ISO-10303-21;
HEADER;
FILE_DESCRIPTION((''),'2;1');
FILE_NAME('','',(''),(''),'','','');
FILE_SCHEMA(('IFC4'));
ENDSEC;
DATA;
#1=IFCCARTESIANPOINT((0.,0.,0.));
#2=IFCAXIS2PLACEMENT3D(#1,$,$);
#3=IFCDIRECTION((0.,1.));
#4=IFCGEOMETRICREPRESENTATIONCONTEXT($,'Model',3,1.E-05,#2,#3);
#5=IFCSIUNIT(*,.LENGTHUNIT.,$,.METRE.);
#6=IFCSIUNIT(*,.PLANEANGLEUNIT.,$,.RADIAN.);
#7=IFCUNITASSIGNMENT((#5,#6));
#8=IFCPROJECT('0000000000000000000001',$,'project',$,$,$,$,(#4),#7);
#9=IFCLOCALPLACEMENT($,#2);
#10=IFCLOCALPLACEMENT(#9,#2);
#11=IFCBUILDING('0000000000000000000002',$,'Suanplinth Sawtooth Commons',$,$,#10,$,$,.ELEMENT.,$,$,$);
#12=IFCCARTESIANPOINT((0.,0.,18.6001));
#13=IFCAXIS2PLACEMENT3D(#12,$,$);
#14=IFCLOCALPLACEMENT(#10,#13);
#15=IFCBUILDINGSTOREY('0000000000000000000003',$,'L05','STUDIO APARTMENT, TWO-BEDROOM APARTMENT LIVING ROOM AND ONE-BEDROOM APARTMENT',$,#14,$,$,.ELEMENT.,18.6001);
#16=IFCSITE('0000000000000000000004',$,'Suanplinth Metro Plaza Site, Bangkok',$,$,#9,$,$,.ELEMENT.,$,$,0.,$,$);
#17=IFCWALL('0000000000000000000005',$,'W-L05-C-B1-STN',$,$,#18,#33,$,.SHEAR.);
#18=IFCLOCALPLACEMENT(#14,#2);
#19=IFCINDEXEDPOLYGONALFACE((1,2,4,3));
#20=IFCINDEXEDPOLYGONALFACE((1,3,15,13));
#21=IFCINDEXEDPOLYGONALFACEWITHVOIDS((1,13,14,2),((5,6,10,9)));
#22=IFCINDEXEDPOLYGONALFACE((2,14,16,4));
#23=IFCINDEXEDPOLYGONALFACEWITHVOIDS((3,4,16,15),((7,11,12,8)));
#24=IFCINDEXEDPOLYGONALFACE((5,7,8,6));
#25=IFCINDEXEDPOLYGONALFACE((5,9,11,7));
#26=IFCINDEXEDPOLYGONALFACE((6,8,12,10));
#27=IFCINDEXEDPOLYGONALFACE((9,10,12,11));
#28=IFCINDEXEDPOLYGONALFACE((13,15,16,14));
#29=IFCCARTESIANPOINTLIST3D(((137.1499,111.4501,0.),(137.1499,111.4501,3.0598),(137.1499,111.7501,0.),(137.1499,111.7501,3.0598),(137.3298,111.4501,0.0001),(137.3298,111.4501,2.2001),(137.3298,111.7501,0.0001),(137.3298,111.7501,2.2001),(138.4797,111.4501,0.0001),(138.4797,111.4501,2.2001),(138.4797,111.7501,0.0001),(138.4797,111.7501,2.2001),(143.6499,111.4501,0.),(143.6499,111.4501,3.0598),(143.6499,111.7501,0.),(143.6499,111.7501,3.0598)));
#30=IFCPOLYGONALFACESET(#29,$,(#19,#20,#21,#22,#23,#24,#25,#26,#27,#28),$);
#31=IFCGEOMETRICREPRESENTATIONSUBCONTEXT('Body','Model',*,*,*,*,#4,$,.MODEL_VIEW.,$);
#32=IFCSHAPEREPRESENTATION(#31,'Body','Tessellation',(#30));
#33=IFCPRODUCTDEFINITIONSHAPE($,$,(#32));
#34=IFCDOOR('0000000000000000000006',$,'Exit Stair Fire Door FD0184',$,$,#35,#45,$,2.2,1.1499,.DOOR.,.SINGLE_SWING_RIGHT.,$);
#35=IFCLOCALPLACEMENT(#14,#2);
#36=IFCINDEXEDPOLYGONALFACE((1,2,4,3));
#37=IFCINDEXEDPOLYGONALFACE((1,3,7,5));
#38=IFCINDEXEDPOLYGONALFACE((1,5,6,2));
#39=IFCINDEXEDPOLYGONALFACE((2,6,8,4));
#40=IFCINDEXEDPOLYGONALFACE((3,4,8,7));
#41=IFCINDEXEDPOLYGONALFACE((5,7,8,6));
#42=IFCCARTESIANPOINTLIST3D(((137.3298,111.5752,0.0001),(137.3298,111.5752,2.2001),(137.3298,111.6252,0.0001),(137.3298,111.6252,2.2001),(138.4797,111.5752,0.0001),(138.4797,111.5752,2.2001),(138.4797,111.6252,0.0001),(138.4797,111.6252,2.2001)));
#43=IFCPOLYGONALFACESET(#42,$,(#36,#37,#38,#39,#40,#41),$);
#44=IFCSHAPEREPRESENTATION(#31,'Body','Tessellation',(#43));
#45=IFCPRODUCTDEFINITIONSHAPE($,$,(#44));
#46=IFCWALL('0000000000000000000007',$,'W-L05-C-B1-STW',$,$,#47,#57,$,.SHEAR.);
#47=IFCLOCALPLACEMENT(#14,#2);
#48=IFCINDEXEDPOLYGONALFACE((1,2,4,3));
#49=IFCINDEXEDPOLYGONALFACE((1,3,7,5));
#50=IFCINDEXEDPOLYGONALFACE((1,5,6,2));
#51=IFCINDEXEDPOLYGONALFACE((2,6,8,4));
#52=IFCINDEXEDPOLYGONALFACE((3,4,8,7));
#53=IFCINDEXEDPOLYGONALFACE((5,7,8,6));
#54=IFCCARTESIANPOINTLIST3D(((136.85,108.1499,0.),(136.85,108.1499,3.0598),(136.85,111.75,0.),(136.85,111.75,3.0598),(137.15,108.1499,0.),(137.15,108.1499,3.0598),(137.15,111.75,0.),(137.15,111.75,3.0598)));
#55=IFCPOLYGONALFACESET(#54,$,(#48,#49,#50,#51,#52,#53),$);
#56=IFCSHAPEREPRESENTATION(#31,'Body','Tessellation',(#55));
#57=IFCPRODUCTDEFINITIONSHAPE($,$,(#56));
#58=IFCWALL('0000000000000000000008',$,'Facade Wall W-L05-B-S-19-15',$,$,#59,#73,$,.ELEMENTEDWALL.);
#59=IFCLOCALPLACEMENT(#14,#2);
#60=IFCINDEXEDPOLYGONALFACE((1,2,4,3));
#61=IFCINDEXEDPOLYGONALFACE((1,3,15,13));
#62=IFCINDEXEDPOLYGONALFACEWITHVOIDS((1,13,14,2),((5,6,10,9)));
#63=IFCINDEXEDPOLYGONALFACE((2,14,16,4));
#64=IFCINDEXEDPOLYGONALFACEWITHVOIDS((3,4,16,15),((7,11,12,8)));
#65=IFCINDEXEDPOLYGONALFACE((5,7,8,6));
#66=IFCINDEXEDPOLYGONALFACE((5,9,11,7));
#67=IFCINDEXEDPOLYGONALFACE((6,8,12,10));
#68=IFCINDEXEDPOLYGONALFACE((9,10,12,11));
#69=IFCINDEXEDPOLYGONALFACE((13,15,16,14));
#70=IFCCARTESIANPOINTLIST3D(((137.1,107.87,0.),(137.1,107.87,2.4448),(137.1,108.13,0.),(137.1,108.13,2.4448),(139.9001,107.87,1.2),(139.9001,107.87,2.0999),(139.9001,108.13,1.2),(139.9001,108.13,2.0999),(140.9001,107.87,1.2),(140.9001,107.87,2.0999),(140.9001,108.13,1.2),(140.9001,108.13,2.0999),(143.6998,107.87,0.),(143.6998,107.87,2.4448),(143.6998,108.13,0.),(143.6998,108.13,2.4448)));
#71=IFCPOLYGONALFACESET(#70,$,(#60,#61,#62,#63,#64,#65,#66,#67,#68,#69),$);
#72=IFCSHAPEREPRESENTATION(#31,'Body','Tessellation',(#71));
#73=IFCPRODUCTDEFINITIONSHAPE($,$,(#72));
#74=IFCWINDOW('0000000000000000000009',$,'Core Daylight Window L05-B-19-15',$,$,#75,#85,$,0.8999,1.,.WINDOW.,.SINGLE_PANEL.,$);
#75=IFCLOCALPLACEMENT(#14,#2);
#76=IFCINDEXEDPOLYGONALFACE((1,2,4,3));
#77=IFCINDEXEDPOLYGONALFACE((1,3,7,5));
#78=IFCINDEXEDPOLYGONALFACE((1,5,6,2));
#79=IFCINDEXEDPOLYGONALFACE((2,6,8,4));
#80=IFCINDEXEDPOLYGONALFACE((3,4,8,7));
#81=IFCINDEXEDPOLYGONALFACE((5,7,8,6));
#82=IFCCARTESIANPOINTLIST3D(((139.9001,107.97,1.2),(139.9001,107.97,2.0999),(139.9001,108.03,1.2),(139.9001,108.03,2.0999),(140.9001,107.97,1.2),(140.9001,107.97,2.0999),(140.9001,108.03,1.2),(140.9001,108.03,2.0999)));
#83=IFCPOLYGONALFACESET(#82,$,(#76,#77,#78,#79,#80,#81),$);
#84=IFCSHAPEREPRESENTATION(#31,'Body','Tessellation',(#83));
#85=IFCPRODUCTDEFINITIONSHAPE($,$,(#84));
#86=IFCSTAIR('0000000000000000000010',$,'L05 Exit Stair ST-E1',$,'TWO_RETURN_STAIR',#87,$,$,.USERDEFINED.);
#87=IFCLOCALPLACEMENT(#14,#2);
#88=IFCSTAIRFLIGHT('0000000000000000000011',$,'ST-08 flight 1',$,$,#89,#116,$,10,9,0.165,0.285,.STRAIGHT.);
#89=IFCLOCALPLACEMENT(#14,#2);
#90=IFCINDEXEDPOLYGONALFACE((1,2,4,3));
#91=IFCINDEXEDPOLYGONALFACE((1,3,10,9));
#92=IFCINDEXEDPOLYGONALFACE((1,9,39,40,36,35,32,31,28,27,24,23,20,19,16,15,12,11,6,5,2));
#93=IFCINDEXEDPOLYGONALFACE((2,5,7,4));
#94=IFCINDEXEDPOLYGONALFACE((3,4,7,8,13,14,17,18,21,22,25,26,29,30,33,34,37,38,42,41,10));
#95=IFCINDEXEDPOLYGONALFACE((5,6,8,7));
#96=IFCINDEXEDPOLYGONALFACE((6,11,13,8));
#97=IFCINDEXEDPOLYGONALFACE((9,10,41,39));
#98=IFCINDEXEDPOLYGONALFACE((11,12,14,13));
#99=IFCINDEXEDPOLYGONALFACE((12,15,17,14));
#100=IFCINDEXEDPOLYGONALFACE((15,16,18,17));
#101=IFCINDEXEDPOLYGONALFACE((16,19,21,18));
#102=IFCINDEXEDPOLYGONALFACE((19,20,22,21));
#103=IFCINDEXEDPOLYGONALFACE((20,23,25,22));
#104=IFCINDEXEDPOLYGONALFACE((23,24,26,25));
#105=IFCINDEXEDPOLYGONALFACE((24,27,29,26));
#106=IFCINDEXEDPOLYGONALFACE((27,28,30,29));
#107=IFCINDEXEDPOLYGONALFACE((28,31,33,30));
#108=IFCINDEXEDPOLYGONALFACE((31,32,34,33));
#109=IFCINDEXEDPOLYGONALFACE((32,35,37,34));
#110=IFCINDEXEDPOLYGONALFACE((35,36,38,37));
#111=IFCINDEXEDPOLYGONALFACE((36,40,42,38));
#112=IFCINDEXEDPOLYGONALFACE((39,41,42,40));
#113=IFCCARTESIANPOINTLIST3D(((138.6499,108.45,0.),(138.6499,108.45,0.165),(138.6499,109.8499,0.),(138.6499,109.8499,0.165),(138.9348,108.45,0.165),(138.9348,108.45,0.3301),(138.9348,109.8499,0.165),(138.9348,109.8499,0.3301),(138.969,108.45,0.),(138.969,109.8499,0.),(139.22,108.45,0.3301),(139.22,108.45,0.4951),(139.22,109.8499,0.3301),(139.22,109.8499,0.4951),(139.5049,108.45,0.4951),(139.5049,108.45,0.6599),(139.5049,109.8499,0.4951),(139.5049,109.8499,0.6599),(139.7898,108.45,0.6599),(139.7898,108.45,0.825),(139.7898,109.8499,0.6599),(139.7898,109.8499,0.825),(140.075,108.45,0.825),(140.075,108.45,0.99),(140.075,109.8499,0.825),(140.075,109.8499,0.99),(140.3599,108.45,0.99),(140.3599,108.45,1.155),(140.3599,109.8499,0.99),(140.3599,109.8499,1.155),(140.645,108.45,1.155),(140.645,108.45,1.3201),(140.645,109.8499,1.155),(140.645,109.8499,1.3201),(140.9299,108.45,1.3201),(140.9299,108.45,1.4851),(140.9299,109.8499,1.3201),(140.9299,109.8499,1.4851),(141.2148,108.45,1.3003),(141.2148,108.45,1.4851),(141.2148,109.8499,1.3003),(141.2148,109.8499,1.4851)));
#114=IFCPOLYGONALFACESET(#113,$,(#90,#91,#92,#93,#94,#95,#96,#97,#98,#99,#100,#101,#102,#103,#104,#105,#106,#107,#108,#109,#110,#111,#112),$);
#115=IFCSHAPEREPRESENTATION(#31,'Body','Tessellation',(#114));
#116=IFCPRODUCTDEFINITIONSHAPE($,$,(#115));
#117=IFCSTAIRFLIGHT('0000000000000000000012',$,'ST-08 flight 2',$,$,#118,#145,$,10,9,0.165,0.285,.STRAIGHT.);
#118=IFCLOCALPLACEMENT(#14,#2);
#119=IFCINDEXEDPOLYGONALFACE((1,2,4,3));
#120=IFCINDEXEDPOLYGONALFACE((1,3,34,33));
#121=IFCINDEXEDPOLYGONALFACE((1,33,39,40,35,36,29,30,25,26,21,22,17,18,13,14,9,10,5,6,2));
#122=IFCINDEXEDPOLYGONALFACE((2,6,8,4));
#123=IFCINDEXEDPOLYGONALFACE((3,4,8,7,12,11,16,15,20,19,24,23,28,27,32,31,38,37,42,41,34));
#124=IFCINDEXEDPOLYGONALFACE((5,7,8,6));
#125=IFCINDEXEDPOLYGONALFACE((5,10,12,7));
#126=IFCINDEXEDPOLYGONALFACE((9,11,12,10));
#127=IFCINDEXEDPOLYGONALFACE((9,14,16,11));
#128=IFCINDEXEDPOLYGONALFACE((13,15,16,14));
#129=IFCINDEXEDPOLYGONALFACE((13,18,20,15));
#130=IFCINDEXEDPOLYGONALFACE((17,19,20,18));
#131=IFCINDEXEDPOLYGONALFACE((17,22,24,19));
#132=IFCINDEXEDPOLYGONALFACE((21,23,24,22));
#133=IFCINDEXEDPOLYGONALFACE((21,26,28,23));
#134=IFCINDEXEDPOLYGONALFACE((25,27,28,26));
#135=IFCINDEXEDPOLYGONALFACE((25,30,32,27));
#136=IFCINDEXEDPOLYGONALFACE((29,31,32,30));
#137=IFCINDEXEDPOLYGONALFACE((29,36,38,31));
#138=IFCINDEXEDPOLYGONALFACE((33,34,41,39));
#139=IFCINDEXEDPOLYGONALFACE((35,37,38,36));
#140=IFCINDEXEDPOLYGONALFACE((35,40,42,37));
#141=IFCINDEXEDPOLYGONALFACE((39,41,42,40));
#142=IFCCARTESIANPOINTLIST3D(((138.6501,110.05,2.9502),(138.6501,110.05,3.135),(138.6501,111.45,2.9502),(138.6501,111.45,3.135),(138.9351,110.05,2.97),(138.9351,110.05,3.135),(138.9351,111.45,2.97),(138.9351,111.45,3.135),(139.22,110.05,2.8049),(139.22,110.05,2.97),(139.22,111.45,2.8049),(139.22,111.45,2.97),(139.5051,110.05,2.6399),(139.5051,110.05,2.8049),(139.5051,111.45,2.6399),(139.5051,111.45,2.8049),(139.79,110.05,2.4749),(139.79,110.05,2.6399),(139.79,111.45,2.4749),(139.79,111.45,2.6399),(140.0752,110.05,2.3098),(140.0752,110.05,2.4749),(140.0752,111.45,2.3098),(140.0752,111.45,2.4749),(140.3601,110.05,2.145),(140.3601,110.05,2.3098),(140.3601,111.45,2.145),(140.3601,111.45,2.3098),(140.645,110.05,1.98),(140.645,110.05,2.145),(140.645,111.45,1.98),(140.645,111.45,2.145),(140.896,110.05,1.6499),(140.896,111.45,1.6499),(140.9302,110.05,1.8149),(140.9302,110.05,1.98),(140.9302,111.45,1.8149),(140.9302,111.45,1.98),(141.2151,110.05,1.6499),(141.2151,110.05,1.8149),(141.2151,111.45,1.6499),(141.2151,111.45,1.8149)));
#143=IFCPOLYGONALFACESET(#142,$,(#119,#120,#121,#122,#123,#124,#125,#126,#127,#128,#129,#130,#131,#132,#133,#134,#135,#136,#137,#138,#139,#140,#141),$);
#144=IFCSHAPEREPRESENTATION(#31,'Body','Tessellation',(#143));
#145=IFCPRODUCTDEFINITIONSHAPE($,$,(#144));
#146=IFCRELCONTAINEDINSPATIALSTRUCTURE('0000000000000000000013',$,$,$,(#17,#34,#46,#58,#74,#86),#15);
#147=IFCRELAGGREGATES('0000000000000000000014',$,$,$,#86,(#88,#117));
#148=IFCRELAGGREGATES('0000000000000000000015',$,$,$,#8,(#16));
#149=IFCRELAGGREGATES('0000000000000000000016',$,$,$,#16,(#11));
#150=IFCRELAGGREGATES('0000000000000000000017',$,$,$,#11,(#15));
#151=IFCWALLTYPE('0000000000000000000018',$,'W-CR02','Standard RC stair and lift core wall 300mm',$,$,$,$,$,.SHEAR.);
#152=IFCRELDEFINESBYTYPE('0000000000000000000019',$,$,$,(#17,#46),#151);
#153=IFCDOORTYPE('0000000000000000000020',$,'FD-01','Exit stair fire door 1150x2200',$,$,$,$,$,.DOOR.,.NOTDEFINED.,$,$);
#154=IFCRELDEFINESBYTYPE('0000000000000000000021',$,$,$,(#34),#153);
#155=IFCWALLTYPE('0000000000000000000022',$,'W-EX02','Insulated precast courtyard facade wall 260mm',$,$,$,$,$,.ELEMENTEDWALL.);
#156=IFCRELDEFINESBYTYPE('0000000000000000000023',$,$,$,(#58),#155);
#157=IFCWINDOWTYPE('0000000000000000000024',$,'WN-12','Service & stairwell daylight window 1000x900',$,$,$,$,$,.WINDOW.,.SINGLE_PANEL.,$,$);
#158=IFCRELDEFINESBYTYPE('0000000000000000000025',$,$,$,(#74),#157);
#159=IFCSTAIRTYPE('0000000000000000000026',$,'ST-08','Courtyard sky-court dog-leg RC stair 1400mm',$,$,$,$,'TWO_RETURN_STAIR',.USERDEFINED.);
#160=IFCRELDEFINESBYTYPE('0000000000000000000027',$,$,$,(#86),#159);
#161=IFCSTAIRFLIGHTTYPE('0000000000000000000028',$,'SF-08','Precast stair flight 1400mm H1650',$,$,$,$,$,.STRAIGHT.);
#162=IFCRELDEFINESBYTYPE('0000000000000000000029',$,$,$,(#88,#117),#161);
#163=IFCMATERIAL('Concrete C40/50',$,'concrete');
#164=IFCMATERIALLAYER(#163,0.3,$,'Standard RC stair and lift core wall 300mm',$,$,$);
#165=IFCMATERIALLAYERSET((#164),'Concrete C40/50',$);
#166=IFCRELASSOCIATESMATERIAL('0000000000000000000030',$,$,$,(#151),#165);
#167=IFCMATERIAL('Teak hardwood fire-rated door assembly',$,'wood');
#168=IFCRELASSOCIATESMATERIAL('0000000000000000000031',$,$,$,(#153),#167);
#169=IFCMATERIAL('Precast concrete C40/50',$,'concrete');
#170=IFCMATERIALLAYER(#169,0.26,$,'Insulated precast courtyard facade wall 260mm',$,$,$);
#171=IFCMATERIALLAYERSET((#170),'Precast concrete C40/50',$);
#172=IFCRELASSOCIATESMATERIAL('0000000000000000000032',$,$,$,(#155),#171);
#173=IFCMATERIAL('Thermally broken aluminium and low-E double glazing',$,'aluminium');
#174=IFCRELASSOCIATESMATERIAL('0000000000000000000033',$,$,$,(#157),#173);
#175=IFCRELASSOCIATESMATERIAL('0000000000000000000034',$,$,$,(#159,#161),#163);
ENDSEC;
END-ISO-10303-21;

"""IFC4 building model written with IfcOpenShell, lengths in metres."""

from ifc_helpers import new_model, si_unit, direction, frame, frame_2d, origin, place, context, subcontext, project, spatial, polyline, rectangle, outline, extrude, material, layer, layer_set, type_object, element, fill, aggregate, save


model = new_model("IFC4")

# Units and contexts
model_context = context("Model", 3, precision=1e-05, world=origin(), true_north=direction((0.0, 1.0)))
body_context = subcontext(model_context, "Body", "Model", "MODEL_VIEW")
ifc_project = project(units=[si_unit("LENGTHUNIT", "METRE"), si_unit("PLANEANGLEUNIT", "RADIAN")], contexts=[model_context])

# Site, building, storey
site_placement = place(None, origin())
site = spatial("IfcSite", under=ifc_project, at=site_placement, Name="Suanplinth Metro Plaza Site, Bangkok", CompositionType="ELEMENT", RefElevation=0.0)
building_placement = place(site_placement, origin())
building = spatial("IfcBuilding", under=site, at=building_placement, Name="Suanplinth Sawtooth Commons", CompositionType="ELEMENT")
storey_placement = place(building_placement, frame((0.0, 0.0, 18.6001)))
storey = spatial("IfcBuildingStorey", under=building, at=storey_placement, Name="L05", Description="STUDIO APARTMENT, TWO-BEDROOM APARTMENT LIVING ROOM AND ONE-BEDROOM APARTMENT", CompositionType="ELEMENT", Elevation=18.6001)

# Shared definitions
ifc_material_1 = material(Name="Precast concrete C40/50", Category="concrete")

# Shared definitions
ifc_material_2 = material(Name="Concrete C40/50", Category="concrete")
ifc_layer_1 = layer(ifc_material_2, 0.3, Name="Standard RC stair and lift core wall 300mm")
ifc_layer_set_1 = layer_set([ifc_layer_1], Name="Concrete C40/50")
wall_type_1 = type_object("IfcWallType", Name="W-CR02", Description="Standard RC stair and lift core wall 300mm", PredefinedType="SHEAR", material=ifc_layer_set_1)

# Wall, opening, door
wall_1_placement = place(storey_placement, frame((137.1499, 111.6001, 0.0), z_axis=(0.0, 0.0, 1.0), x_axis=(1.0, 0.0, 0.0)))
wall_1 = element("IfcWall", 1, at=wall_1_placement, inside=storey, type_object=wall_type_1, Name="W-L05-C-B1-STN", PredefinedType="SHEAR", context=body_context, shape_type="SweptSolid", body=[
    extrude(rectangle(XDim=6.5, YDim=0.3, at=frame_2d((3.25, 0.0))), origin(), (0.0, 0.0, 1.0), 3.0598),
])
opening_1_placement = place(wall_1_placement, frame((0.1799, 0.0, 0.0)))
opening_1 = element("IfcOpeningElement", 2, at=opening_1_placement, cuts=wall_1, PredefinedType="OPENING", context=body_context, shape_type="SweptSolid", body=[
    extrude(rectangle(XDim=1.1499, YDim=2.2, at=frame_2d((0.575, 1.1001))), frame((0.0, 0.165, 0.0), z_axis=(0.0, -1.0, 0.0), x_axis=(1.0, 0.0, 0.0)), (0.0, 0.0, 1.0), 0.3298),
])
ifc_material_3 = material(Name="Teak hardwood fire-rated door assembly", Category="wood")
door_type_1 = type_object("IfcDoorType", Name="FD-01", Description="Exit stair fire door 1150x2200", OperationType="NOTDEFINED", PredefinedType="DOOR", material=ifc_material_3)
door_1_placement = place(opening_1_placement, frame((1.1499, 0.0, 0.0), z_axis=(0.0, 0.0, 1.0), x_axis=(-1.0, 0.0, 0.0)))
door_1 = element("IfcDoor", 3, at=door_1_placement, inside=storey, type_object=door_type_1, Name="Exit Stair Fire Door FD0184", OperationType="SINGLE_SWING_RIGHT", OverallHeight=2.2, OverallWidth=1.1499, PredefinedType="DOOR", context=body_context, shape_type="SweptSolid", body=[
    extrude(rectangle(XDim=1.1499, YDim=2.2, at=frame_2d((0.575, 1.1001))), frame((0.0, 0.0249, 0.0), z_axis=(0.0, -1.0, 0.0), x_axis=(1.0, 0.0, 0.0)), (0.0, 0.0, 1.0), 0.05),
])
fill(opening_1, door_1)

# Wall
wall_2_placement = place(storey_placement, frame((137.0, 108.1499, 0.0), z_axis=(0.0, 0.0, 1.0), x_axis=(0.0, 1.0, 0.0)))
element("IfcWall", 4, at=wall_2_placement, inside=storey, type_object=wall_type_1, Name="W-L05-C-B1-STW", PredefinedType="SHEAR", context=body_context, shape_type="SweptSolid", body=[
    extrude(rectangle(XDim=3.6001, YDim=0.3, at=frame_2d((1.8, 0.0))), origin(), (0.0, 0.0, 1.0), 3.0598),
])

# Wall, opening, window
ifc_layer_2 = layer(ifc_material_1, 0.26, Name="Insulated precast courtyard facade wall 260mm")
ifc_layer_set_2 = layer_set([ifc_layer_2], Name="Precast concrete C40/50")
wall_type_2 = type_object("IfcWallType", Name="W-EX02", Description="Insulated precast courtyard facade wall 260mm", PredefinedType="ELEMENTEDWALL", material=ifc_layer_set_2)
wall_3_placement = place(storey_placement, frame((137.1001, 108.0, 0.0), z_axis=(0.0, 0.0, 1.0), x_axis=(1.0, 0.0, 0.0)))
wall_3 = element("IfcWall", 5, at=wall_3_placement, inside=storey, type_object=wall_type_2, Name="Facade Wall W-L05-B-S-19-15", PredefinedType="ELEMENTEDWALL", context=body_context, shape_type="SweptSolid", body=[
    extrude(rectangle(XDim=6.5999, YDim=0.26, at=frame_2d((3.2998, 0.0))), origin(), (0.0, 0.0, 1.0), 2.4448),
])
opening_2_placement = place(wall_3_placement, frame((2.8, 0.0, 1.2)))
opening_2 = element("IfcOpeningElement", 6, at=opening_2_placement, cuts=wall_3, PredefinedType="OPENING", context=body_context, shape_type="SweptSolid", body=[
    extrude(rectangle(XDim=1.0, YDim=0.8999, at=frame_2d((0.5, 0.45))), frame((0.0, 0.145, 0.0), z_axis=(0.0, -1.0, 0.0), x_axis=(1.0, 0.0, 0.0)), (0.0, 0.0, 1.0), 0.2898),
])
ifc_material_4 = material(Name="Thermally broken aluminium and low-E double glazing", Category="aluminium")
window_type = type_object("IfcWindowType", Name="WN-12", Description="Service & stairwell daylight window 1000x900", PartitioningType="SINGLE_PANEL", PredefinedType="WINDOW", material=ifc_material_4)
window_placement = place(opening_2_placement, origin())
window = element("IfcWindow", 7, at=window_placement, inside=storey, type_object=window_type, Name="Core Daylight Window L05-B-19-15", OverallHeight=0.8999, OverallWidth=1.0, PartitioningType="SINGLE_PANEL", PredefinedType="WINDOW", context=body_context, shape_type="SweptSolid", body=[
    extrude(rectangle(XDim=1.0, YDim=0.8999, at=frame_2d((0.5, 0.45))), frame((0.0, 0.03, 0.0), z_axis=(0.0, -1.0, 0.0), x_axis=(1.0, 0.0, 0.0)), (0.0, 0.0, 1.0), 0.0601),
])
fill(opening_2, window)

# Stair, stair flights
stair_type = type_object("IfcStairType", Name="ST-08", Description="Courtyard sky-court dog-leg RC stair 1400mm", ElementType="TWO_RETURN_STAIR", PredefinedType="USERDEFINED", material=ifc_material_2)
stair_placement = place(storey_placement, origin())
stair = element("IfcStair", 8, at=stair_placement, inside=storey, type_object=stair_type, Name="L05 Exit Stair ST-E1", ObjectType="TWO_RETURN_STAIR", PredefinedType="USERDEFINED")
stair_flight_type = type_object("IfcStairFlightType", Name="SF-08", Description="Precast stair flight 1400mm H1650", PredefinedType="STRAIGHT", material=ifc_material_2)
stair_flight_1_placement = place(storey_placement, frame((138.6499, 109.1499, 0.0), z_axis=(0.0, 0.0, 1.0), x_axis=(1.0, 0.0, 0.0)))
stair_flight_1 = element("IfcStairFlight", 9, at=stair_flight_1_placement, type_object=stair_flight_type, Name="ST-08 flight 1", NumberOfRisers=10, NumberOfTreads=9, PredefinedType="STRAIGHT", RiserHeight=0.165, TreadLength=0.285, context=body_context, shape_type="SweptSolid", body=[
    extrude(outline(polyline([(0.0, 0.0), (0.0, 0.165), (0.2849, 0.165), (0.2849, 0.3301), (0.5701, 0.3301), (0.5701, 0.4951), (0.855, 0.4951), (0.855, 0.6599), (1.1399, 0.6599), (1.1399, 0.825), (1.425, 0.825), (1.425, 0.99), (1.71, 0.99), (1.71, 1.155), (1.9951, 1.155), (1.9951, 1.3201), (2.28, 1.3201), (2.28, 1.4851), (2.5649, 1.4851), (2.5649, 1.6499), (2.5649, 1.3003), (0.3191, 0.0), (0.0, 0.0)])), frame((0.0, 0.7, 0.0), z_axis=(0.0, -1.0, 0.0), x_axis=(1.0, 0.0, 0.0)), (0.0, 0.0, 1.0), 1.3999),
])
stair_flight_2_placement = place(storey_placement, frame((141.2151, 110.75, 1.6499), z_axis=(0.0, 0.0, 1.0), x_axis=(-1.0, 0.0, 0.0)))
stair_flight_2 = element("IfcStairFlight", 10, at=stair_flight_2_placement, type_object=stair_flight_type, Name="ST-08 flight 2", NumberOfRisers=10, NumberOfTreads=9, PredefinedType="STRAIGHT", RiserHeight=0.165, TreadLength=0.285, context=body_context, shape_type="SweptSolid", body=[
    extrude(outline(polyline([(0.0, 0.0), (0.0, 0.165), (0.2849, 0.165), (0.2849, 0.3301), (0.5701, 0.3301), (0.5701, 0.4951), (0.855, 0.4951), (0.855, 0.6599), (1.1399, 0.6599), (1.1399, 0.825), (1.425, 0.825), (1.425, 0.99), (1.71, 0.99), (1.71, 1.155), (1.9951, 1.155), (1.9951, 1.3201), (2.28, 1.3201), (2.28, 1.4851), (2.5649, 1.4851), (2.5649, 1.6499), (2.5649, 1.3003), (0.3191, 0.0), (0.0, 0.0)])), frame((0.0, 0.7, 0.0), z_axis=(0.0, -1.0, 0.0), x_axis=(1.0, 0.0, 0.0)), (0.0, 0.0, 1.0), 1.3999),
])
aggregate(stair, [stair_flight_1, stair_flight_2])

save(model, "model.ifc")
